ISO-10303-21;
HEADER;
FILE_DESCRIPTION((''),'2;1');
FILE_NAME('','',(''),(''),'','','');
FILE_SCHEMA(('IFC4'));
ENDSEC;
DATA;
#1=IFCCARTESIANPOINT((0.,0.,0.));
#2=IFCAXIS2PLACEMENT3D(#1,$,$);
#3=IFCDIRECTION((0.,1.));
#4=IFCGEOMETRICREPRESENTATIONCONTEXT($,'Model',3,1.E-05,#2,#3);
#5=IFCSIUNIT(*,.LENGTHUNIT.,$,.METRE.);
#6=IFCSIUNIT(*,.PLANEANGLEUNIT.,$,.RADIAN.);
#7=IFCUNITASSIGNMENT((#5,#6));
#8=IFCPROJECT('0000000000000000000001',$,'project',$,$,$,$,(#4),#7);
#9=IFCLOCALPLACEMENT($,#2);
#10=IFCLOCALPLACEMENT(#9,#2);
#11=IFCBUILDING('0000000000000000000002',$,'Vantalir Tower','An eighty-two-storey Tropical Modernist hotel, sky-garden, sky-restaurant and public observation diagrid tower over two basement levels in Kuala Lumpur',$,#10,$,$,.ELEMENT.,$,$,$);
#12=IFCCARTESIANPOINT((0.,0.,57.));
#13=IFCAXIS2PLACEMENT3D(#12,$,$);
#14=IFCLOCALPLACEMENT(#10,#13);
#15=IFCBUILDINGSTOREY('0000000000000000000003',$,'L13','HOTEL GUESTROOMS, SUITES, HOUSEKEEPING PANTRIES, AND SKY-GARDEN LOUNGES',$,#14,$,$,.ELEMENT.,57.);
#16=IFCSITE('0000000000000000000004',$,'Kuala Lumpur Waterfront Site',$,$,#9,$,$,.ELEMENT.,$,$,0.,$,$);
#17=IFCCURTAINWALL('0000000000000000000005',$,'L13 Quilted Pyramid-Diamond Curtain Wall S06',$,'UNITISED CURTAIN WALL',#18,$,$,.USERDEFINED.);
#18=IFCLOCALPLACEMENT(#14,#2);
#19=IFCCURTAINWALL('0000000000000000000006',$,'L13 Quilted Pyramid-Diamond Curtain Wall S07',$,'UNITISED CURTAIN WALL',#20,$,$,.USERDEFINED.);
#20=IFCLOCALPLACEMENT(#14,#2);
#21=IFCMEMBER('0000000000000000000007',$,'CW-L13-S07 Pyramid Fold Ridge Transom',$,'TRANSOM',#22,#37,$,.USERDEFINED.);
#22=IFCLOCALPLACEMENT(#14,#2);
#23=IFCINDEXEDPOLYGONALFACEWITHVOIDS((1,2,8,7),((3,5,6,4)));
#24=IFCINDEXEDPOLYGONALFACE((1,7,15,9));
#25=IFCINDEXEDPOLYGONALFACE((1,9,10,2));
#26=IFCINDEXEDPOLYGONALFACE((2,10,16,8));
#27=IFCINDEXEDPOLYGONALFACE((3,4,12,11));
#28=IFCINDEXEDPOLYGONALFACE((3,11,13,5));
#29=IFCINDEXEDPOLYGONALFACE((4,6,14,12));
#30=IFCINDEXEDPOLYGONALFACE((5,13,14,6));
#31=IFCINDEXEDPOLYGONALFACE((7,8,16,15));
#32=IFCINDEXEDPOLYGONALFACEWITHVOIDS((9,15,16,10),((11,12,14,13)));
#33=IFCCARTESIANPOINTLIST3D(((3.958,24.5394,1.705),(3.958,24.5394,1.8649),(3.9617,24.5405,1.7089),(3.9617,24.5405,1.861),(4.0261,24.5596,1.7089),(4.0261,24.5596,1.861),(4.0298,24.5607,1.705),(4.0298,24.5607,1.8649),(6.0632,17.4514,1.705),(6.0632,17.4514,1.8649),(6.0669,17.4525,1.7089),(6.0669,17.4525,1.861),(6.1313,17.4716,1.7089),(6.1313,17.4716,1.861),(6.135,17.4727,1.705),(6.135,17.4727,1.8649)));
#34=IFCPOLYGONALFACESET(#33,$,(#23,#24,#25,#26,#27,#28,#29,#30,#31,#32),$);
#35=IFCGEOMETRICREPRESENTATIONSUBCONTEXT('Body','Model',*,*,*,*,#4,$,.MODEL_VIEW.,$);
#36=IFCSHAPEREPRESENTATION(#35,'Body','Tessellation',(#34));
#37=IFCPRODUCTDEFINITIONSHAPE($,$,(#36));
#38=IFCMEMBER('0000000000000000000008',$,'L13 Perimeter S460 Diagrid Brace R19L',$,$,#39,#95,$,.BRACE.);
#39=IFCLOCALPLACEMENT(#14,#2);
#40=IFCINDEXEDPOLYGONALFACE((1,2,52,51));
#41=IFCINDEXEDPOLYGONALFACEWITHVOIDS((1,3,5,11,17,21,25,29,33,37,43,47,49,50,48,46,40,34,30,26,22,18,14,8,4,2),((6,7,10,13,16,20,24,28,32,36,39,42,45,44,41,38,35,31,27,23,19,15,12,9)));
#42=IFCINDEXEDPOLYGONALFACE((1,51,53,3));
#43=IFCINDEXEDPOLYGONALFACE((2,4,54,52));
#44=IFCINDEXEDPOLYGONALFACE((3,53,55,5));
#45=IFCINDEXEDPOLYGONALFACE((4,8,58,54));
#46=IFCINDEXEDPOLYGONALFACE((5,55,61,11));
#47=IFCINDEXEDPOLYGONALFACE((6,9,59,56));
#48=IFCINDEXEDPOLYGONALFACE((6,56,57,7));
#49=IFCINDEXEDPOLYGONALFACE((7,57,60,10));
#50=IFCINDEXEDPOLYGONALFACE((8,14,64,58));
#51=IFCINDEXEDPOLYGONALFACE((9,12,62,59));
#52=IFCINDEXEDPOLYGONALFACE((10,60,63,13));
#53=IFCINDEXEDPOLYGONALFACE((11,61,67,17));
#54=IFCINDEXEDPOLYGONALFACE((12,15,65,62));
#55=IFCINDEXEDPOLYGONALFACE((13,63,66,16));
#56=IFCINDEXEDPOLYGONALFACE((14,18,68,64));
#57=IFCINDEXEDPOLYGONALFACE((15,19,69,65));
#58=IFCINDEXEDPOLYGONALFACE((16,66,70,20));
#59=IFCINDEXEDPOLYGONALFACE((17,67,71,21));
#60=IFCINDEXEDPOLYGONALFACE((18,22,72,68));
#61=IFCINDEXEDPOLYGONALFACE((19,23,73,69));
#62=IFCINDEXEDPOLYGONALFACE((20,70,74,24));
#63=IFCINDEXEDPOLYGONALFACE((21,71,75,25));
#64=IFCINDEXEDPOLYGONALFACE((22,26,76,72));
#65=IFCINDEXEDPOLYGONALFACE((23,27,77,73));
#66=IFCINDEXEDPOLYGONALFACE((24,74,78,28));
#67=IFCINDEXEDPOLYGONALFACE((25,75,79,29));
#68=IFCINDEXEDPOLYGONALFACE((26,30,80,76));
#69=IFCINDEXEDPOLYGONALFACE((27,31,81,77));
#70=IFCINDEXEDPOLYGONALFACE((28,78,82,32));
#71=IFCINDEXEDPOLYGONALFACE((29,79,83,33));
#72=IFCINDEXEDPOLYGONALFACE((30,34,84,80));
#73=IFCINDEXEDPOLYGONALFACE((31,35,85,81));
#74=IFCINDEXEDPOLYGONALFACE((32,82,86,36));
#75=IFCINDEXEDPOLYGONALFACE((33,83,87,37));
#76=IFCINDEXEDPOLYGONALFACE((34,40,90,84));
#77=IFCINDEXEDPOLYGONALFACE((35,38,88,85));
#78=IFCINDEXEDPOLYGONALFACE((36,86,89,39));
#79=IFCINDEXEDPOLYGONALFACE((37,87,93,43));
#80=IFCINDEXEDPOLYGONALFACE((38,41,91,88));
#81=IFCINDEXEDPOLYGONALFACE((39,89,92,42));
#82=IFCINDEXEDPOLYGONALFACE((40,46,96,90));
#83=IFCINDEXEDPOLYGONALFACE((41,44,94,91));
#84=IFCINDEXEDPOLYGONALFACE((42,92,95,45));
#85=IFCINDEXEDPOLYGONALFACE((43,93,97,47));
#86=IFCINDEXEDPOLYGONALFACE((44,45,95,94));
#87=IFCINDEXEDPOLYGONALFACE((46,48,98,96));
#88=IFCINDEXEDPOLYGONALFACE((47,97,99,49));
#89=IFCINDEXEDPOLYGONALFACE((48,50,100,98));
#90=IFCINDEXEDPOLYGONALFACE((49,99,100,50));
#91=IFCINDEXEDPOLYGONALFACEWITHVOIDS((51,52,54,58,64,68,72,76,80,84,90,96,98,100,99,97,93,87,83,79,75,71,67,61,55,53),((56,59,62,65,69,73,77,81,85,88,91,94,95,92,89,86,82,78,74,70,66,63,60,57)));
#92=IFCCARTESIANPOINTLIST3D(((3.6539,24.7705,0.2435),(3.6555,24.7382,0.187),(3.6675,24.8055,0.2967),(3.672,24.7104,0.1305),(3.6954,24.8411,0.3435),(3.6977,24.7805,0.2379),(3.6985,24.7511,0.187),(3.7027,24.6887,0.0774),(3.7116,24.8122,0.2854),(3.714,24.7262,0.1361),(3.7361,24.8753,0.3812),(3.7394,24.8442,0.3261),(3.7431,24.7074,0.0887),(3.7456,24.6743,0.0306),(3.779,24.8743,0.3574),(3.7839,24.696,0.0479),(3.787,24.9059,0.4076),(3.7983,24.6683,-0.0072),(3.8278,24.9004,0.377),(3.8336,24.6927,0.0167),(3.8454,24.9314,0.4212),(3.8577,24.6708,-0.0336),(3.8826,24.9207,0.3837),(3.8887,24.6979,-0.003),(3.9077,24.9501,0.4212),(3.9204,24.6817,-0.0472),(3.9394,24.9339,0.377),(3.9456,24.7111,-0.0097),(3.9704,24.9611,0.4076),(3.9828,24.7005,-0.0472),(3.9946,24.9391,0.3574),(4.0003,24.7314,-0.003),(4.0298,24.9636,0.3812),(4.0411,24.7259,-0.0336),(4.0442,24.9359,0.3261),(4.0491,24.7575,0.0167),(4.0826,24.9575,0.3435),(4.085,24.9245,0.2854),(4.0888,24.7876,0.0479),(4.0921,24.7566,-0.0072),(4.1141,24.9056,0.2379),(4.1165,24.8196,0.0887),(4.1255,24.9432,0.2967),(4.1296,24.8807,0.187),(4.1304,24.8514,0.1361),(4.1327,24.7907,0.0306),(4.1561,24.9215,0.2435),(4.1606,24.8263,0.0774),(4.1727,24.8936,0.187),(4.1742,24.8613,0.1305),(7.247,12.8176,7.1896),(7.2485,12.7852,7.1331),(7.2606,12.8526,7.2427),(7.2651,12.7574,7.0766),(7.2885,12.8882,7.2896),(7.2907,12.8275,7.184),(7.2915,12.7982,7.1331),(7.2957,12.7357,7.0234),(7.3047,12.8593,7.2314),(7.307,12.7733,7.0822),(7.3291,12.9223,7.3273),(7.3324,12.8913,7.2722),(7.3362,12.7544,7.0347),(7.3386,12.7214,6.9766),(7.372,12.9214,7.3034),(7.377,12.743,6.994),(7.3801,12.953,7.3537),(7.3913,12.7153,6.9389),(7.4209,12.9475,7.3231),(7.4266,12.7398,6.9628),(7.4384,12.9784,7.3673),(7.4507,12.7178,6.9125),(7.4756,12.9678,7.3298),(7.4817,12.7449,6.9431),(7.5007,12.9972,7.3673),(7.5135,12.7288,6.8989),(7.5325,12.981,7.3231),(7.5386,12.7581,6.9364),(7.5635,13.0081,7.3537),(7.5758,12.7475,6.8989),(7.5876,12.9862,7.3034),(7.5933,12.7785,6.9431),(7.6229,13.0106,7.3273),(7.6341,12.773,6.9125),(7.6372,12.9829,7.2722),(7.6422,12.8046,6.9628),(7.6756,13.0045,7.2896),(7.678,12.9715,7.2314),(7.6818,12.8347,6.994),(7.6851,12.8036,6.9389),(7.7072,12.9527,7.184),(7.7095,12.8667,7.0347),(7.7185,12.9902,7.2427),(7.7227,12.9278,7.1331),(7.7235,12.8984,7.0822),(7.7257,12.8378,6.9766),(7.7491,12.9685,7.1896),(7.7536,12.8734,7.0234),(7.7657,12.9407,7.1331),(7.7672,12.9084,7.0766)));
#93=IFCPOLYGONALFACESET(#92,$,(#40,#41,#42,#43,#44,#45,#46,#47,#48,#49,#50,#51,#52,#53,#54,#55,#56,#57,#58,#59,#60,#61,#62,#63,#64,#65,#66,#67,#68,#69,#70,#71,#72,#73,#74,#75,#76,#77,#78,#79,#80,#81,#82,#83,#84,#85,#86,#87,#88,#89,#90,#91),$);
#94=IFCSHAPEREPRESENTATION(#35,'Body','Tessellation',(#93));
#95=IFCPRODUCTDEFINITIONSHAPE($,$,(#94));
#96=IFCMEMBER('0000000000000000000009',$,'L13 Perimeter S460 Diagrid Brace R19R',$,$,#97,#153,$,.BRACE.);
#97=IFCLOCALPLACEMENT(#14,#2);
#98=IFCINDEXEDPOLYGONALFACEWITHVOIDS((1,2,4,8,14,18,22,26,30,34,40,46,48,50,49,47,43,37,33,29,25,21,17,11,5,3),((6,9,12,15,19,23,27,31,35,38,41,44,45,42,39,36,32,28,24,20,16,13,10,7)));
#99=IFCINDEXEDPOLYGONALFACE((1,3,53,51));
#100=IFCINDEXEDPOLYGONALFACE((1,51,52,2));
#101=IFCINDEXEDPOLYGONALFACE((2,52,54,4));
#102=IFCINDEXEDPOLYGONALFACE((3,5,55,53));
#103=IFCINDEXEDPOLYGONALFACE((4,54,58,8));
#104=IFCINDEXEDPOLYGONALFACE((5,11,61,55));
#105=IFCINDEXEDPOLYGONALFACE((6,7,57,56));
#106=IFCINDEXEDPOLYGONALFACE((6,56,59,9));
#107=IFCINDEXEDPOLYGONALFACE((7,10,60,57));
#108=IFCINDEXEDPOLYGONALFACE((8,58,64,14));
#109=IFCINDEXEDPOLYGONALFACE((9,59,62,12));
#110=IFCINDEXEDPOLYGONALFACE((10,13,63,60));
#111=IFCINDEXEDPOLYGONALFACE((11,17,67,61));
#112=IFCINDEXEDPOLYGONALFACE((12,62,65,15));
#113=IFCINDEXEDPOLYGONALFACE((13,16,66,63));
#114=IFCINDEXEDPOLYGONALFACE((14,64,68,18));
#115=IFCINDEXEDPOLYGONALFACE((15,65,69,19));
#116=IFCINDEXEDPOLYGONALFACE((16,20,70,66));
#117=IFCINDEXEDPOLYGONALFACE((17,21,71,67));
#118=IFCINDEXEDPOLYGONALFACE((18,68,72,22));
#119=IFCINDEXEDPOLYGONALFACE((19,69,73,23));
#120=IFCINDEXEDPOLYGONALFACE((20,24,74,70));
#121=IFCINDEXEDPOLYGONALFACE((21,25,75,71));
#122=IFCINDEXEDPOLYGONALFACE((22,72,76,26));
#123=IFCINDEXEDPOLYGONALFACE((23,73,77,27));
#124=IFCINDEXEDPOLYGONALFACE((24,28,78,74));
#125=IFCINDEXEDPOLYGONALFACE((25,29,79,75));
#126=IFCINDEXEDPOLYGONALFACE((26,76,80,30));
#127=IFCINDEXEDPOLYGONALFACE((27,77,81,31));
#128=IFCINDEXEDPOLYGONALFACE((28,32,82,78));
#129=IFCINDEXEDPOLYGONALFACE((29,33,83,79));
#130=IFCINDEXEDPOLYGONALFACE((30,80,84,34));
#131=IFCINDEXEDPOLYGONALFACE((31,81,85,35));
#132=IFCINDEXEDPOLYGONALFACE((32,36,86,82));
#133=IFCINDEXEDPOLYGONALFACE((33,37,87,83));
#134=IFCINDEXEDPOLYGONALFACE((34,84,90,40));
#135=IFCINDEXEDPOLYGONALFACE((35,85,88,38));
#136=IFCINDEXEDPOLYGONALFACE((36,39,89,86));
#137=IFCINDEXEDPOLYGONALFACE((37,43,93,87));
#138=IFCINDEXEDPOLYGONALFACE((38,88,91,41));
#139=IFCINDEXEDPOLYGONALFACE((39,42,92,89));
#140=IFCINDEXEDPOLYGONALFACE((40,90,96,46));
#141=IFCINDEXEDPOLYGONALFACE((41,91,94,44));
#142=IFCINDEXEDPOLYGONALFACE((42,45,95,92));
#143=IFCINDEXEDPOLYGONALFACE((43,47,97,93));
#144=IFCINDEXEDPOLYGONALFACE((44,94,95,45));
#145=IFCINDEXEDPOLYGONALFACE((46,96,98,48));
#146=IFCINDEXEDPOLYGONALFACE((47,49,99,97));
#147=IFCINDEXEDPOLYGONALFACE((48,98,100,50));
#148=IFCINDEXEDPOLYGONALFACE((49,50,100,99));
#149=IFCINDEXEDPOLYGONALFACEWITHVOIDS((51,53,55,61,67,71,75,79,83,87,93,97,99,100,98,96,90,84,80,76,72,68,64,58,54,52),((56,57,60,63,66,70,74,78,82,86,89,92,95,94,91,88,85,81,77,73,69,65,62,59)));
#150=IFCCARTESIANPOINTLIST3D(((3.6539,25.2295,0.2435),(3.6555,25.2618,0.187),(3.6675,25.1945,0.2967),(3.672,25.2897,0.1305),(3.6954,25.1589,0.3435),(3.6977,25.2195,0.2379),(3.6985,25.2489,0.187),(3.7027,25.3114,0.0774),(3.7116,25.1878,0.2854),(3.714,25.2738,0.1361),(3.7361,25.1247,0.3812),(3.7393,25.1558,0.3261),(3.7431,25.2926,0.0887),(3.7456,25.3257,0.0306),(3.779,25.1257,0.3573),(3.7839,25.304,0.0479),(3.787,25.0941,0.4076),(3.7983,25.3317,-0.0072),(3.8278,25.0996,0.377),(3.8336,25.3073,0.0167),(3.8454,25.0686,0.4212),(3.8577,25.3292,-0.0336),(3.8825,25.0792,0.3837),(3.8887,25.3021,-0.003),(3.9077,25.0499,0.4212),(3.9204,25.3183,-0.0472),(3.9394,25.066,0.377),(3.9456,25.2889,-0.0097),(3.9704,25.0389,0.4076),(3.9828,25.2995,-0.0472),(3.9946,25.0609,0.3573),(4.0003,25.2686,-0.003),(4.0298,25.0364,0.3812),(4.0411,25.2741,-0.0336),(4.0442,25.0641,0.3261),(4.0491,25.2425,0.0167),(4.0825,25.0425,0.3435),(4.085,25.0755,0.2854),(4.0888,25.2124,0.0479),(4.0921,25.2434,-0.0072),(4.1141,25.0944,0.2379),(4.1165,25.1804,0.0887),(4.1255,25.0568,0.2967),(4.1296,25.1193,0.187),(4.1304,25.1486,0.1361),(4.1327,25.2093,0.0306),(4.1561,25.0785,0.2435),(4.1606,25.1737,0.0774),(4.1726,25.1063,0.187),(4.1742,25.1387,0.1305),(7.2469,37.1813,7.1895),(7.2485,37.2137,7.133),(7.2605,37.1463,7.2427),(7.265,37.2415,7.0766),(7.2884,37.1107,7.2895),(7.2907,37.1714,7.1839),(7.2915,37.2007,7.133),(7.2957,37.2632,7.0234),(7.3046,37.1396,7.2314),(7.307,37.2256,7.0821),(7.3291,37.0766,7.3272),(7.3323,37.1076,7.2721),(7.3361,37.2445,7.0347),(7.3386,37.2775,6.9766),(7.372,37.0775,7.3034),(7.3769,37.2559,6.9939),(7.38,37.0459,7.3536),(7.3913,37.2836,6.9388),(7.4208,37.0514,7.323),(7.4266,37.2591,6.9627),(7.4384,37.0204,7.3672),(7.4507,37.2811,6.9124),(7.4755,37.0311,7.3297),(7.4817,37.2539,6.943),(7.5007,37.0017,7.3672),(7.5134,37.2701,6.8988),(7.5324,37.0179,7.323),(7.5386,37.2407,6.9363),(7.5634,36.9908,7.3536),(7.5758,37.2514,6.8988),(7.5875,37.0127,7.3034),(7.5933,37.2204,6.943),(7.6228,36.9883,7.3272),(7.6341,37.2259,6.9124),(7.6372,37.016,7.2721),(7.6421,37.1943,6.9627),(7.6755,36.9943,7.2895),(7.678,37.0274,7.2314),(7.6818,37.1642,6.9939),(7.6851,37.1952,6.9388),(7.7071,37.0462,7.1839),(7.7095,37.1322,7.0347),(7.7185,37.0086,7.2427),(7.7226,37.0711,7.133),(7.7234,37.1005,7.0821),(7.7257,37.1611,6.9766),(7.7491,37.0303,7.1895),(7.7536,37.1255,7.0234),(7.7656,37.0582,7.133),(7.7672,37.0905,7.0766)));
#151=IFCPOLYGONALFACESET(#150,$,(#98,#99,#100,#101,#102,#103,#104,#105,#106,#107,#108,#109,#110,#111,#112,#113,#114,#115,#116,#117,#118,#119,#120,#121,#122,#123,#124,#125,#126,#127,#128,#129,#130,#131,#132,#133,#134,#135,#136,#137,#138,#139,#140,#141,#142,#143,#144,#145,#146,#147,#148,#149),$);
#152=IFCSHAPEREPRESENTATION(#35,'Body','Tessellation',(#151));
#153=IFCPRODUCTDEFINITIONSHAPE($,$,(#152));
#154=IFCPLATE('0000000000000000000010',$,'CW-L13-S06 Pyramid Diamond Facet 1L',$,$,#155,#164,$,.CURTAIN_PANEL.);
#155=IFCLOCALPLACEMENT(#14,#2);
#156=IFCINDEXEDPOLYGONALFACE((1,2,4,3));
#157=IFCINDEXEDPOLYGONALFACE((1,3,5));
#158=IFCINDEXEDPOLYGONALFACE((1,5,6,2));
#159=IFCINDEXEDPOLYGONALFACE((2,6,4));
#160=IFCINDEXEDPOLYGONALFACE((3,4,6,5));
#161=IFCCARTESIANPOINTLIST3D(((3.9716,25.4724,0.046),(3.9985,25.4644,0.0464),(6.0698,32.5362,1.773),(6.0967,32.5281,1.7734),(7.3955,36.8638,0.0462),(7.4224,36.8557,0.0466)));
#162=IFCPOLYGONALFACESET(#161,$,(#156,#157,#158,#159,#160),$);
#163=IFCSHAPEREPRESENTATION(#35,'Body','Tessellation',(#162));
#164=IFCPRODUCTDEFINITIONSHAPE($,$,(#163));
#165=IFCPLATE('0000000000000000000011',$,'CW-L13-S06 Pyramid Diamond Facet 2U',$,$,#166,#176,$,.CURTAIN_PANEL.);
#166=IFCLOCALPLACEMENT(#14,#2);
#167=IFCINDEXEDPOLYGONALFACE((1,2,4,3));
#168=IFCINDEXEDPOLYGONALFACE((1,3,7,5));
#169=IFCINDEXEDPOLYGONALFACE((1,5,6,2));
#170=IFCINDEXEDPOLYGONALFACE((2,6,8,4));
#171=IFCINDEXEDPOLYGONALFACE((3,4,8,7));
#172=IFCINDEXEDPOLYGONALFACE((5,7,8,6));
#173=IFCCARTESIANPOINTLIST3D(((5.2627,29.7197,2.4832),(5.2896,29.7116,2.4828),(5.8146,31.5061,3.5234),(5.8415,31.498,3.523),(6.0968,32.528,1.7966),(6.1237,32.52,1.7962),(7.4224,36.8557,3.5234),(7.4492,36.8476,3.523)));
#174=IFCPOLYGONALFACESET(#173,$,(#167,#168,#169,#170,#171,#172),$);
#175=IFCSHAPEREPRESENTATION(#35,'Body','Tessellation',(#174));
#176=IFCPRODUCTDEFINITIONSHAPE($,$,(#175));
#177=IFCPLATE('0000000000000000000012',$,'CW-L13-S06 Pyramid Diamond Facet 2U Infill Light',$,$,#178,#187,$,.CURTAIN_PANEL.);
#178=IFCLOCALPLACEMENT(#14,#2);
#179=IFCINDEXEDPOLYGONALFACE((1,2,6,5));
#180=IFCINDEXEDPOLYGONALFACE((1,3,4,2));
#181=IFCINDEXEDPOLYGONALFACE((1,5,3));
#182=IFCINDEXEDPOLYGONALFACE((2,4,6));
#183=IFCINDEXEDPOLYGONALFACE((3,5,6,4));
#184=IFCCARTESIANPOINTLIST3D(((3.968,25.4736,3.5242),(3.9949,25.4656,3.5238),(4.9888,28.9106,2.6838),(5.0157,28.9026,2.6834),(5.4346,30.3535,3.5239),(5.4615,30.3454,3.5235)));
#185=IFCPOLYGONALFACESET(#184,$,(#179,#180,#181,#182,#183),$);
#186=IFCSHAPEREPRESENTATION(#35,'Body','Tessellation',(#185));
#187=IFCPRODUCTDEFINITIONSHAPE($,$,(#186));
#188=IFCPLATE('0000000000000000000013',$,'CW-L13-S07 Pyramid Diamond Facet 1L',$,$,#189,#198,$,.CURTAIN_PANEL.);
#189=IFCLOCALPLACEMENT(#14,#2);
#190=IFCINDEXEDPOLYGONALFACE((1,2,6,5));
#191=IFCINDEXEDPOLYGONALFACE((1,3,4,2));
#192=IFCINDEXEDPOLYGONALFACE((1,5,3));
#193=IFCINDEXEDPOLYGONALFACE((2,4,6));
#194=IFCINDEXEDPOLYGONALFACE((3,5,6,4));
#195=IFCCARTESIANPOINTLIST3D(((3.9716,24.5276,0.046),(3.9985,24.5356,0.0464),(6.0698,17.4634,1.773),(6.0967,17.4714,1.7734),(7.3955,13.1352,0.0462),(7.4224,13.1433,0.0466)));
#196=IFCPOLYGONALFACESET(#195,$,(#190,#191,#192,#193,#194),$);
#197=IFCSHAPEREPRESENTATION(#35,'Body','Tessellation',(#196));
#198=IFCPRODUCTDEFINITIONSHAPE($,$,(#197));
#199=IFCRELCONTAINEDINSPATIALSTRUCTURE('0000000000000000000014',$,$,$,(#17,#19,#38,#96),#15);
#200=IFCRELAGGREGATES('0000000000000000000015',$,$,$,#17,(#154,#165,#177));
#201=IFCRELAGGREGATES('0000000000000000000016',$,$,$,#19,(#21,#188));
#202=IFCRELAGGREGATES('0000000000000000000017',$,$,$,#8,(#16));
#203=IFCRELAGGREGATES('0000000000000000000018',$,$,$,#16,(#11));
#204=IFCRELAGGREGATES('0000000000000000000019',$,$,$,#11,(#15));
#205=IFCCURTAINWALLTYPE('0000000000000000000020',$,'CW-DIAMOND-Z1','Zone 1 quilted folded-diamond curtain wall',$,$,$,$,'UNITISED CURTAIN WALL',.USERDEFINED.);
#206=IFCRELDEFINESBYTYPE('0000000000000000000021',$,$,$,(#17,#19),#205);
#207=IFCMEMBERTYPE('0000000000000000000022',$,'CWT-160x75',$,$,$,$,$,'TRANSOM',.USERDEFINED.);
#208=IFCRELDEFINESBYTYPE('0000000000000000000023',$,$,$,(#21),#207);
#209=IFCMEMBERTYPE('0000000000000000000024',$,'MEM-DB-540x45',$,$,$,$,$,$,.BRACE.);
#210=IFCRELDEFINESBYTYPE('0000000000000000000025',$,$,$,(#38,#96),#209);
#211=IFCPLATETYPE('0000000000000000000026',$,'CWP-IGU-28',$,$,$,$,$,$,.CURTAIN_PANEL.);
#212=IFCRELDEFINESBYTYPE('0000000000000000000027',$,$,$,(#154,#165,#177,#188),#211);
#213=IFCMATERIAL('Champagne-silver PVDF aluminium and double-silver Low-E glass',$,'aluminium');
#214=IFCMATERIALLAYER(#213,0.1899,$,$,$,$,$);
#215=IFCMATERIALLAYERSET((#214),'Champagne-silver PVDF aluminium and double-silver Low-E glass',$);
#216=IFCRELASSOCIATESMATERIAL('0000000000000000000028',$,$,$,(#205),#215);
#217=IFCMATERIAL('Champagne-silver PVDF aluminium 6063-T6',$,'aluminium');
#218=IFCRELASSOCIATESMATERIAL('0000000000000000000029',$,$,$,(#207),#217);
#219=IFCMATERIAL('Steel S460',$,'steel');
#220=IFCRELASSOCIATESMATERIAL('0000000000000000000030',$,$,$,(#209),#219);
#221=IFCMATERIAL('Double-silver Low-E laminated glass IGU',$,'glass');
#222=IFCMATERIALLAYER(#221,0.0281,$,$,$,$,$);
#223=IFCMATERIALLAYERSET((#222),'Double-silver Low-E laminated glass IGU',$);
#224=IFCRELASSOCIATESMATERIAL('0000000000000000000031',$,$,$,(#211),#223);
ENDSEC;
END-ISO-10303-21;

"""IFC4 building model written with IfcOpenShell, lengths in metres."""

from ifc_helpers import new_model, si_unit, direction, frame, origin, origin_2d, place, context, subcontext, project, spatial, polyline, hollow_rectangle, hollow_circle, outline, extrude, material, layer, layer_set, material_profile, profile_set, type_object, element, aggregate, save


model = new_model("IFC4")

# Units and contexts
model_context = context("Model", 3, precision=1e-05, world=origin(), true_north=direction((0.0, 1.0)))
body_context = subcontext(model_context, "Body", "Model", "MODEL_VIEW")
ifc_project = project(units=[si_unit("LENGTHUNIT", "METRE"), si_unit("PLANEANGLEUNIT", "RADIAN")], contexts=[model_context])

# Site, building, storey
site_placement = place(None, origin())
site = spatial("IfcSite", under=ifc_project, at=site_placement, Name="Kuala Lumpur Waterfront Site", CompositionType="ELEMENT", RefElevation=0.0)
building_placement = place(site_placement, origin())
building = spatial("IfcBuilding", under=site, at=building_placement, Name="Vantalir Tower", Description="An eighty-two-storey Tropical Modernist hotel, sky-garden, sky-restaurant and public observation diagrid tower over two basement levels in Kuala Lumpur", CompositionType="ELEMENT")
storey_placement = place(building_placement, frame((0.0, 0.0, 57.0)))
storey = spatial("IfcBuildingStorey", under=building, at=storey_placement, Name="L13", Description="HOTEL GUESTROOMS, SUITES, HOUSEKEEPING PANTRIES, AND SKY-GARDEN LOUNGES", CompositionType="ELEMENT", Elevation=57.0)

# Shared definitions
ifc_material_1 = material(Name="Steel S460", Category="steel")

# Curtain wall
ifc_material_2 = material(Name="Champagne-silver PVDF aluminium and double-silver Low-E glass", Category="aluminium")
ifc_layer_1 = layer(ifc_material_2, 0.1899)
ifc_layer_set_1 = layer_set([ifc_layer_1], Name="Champagne-silver PVDF aluminium and double-silver Low-E glass")
curtain_wall_type = type_object("IfcCurtainWallType", Name="CW-DIAMOND-Z1", Description="Zone 1 quilted folded-diamond curtain wall", ElementType="UNITISED CURTAIN WALL", PredefinedType="USERDEFINED", material=ifc_layer_set_1)
curtain_wall_1_placement = place(storey_placement, origin())
curtain_wall_1 = element("IfcCurtainWall", 1, at=curtain_wall_1_placement, inside=storey, type_object=curtain_wall_type, Name="L13 Quilted Pyramid-Diamond Curtain Wall S06", ObjectType="UNITISED CURTAIN WALL", PredefinedType="USERDEFINED")
ifc_material_3 = material(Name="Champagne-silver PVDF aluminium 6063-T6", Category="aluminium")

# Curtain wall, member
curtain_wall_2_placement = place(storey_placement, origin())
curtain_wall_2 = element("IfcCurtainWall", 2, at=curtain_wall_2_placement, inside=storey, type_object=curtain_wall_type, Name="L13 Quilted Pyramid-Diamond Curtain Wall S07", ObjectType="UNITISED CURTAIN WALL", PredefinedType="USERDEFINED")
ifc_material_profile_1 = material_profile(ifc_material_3, hollow_rectangle(XDim=0.075, YDim=0.1599, WallThickness=0.0039, at=origin_2d()), Name="Champagne-silver PVDF aluminium 6063-T6")
ifc_profile_set_1 = profile_set([ifc_material_profile_1], Name="Champagne-silver PVDF aluminium 6063-T6")
member_type_1 = type_object("IfcMemberType", Name="CWT-160x75", ElementType="TRANSOM", PredefinedType="USERDEFINED", material=ifc_profile_set_1)
member_1_placement = place(storey_placement, frame((3.9939, 24.55, 1.7849), z_axis=(0.284714, -0.958612, 0.0), x_axis=(0.958612, 0.284714, 0.0)))
member_1 = element("IfcMember", 3, at=member_1_placement, type_object=member_type_1, Name="CW-L13-S07 Pyramid Fold Ridge Transom", ObjectType="TRANSOM", PredefinedType="USERDEFINED", context=body_context, shape_type="SweptSolid", body=[
    extrude(hollow_rectangle(XDim=0.075, YDim=0.1599, WallThickness=0.0039, at=origin_2d()), origin(), (0.0, 0.0, 1.0), 7.394),
])

# Members
ifc_material_profile_2 = material_profile(ifc_material_1, hollow_circle(Radius=0.27, WallThickness=0.0449, at=origin_2d()), Name="Steel S460")
ifc_profile_set_2 = profile_set([ifc_material_profile_2], Name="Steel S460")
member_type_2 = type_object("IfcMemberType", Name="MEM-DB-540x45", PredefinedType="BRACE", material=ifc_profile_set_2)
member_2_placement = place(storey_placement, frame((3.9141, 24.8159, 0.187), z_axis=(0.251544, -0.83681, 0.486286), x_axis=(0.957668, 0.287874, 0.0)))
element("IfcMember", 4, at=member_2_placement, inside=storey, type_object=member_type_2, Name="L13 Perimeter S460 Diagrid Brace R19L", PredefinedType="BRACE", context=body_context, shape_type="SweptSolid", body=[
    extrude(hollow_circle(Radius=0.27, WallThickness=0.0449, at=origin_2d()), origin(), (0.0, 0.0, 1.0), 14.2839),
])
member_3_placement = place(storey_placement, frame((3.9141, 25.1841, 0.187), z_axis=(0.251558, 0.83679, 0.486314), x_axis=(-0.957662, 0.287895, 0.0)))
element("IfcMember", 5, at=member_3_placement, inside=storey, type_object=member_type_2, Name="L13 Perimeter S460 Diagrid Brace R19R", PredefinedType="BRACE", context=body_context, shape_type="SweptSolid", body=[
    extrude(hollow_circle(Radius=0.27, WallThickness=0.0449, at=origin_2d()), origin(), (0.0, 0.0, 1.0), 14.283),
])

# Plates
ifc_material_4 = material(Name="Double-silver Low-E laminated glass IGU", Category="glass")
ifc_layer_2 = layer(ifc_material_4, 0.0281)
ifc_layer_set_2 = layer_set([ifc_layer_2], Name="Double-silver Low-E laminated glass IGU")
plate_type_1 = type_object("IfcPlateType", Name="CWP-IGU-28", PredefinedType="CURTAIN_PANEL", material=ifc_layer_set_2)
plate_1_placement = place(storey_placement, frame((7.4224, 36.8557, 0.0466), z_axis=(0.957586, -0.287816, 0.013837), x_axis=(-0.287843, -0.957678, -0.000021)))
plate_1 = element("IfcPlate", 6, at=plate_1_placement, type_object=plate_type_1, Name="CW-L13-S06 Pyramid Diamond Facet 1L", PredefinedType="CURTAIN_PANEL", context=body_context, shape_type="SweptSolid", body=[
    extrude(outline(polyline([(0.0, 0.0), (11.8948, 0.0), (4.526, -1.7271), (0.0, 0.0)])), origin(), (0.0, 0.0, -1.0), 0.0281),
])
plate_2_placement = place(storey_placement, frame((7.4224, 36.8557, 3.5234), z_axis=(-0.957592, 0.287796, 0.013818), x_axis=(-0.287823, -0.957684, 0.0)))
plate_2 = element("IfcPlate", 7, at=plate_2_placement, type_object=plate_type_1, Name="CW-L13-S06 Pyramid Diamond Facet 2U", PredefinedType="CURTAIN_PANEL", context=body_context, shape_type="SweptSolid", body=[
    extrude(outline(polyline([(0.0, 0.0), (5.586, 0.0), (7.4556, -1.0404), (4.5261, -1.727), (0.0, 0.0)])), origin(), (0.0, 0.0, -1.0), 0.0281),
])
plate_3_placement = place(storey_placement, frame((5.4346, 30.3535, 3.5239), z_axis=(-0.957594, 0.287787, 0.013876), x_axis=(-0.287814, -0.957686, 0.000048)))
plate_3 = element("IfcPlate", 8, at=plate_3_placement, type_object=plate_type_1, Name="CW-L13-S06 Pyramid Diamond Facet 2U Infill Light", PredefinedType="CURTAIN_PANEL", context=body_context, shape_type="SweptSolid", body=[
    extrude(outline(polyline([(0.0, 0.0), (5.0955, 0.0), (1.5101, -0.8402), (0.0, 0.0)])), origin(), (0.0, 0.0, -1.0), 0.0281),
])
aggregate(curtain_wall_1, [plate_1, plate_2, plate_3])
plate_4_placement = place(storey_placement, frame((3.9985, 24.5356, 0.0464), z_axis=(0.957593, 0.287793, 0.013817), x_axis=(0.28782, -0.957684, 0.000021)))
plate_4 = element("IfcPlate", 9, at=plate_4_placement, type_object=plate_type_1, Name="CW-L13-S07 Pyramid Diamond Facet 1L", PredefinedType="CURTAIN_PANEL", context=body_context, shape_type="SweptSolid", body=[
    extrude(outline(polyline([(0.0, 0.0), (11.8957, 0.0), (7.3692, -1.7271), (0.0, 0.0)])), origin(), (0.0, 0.0, -1.0), 0.0281),
])
aggregate(curtain_wall_2, [member_1, plate_4])

save(model, "model.ifc")
